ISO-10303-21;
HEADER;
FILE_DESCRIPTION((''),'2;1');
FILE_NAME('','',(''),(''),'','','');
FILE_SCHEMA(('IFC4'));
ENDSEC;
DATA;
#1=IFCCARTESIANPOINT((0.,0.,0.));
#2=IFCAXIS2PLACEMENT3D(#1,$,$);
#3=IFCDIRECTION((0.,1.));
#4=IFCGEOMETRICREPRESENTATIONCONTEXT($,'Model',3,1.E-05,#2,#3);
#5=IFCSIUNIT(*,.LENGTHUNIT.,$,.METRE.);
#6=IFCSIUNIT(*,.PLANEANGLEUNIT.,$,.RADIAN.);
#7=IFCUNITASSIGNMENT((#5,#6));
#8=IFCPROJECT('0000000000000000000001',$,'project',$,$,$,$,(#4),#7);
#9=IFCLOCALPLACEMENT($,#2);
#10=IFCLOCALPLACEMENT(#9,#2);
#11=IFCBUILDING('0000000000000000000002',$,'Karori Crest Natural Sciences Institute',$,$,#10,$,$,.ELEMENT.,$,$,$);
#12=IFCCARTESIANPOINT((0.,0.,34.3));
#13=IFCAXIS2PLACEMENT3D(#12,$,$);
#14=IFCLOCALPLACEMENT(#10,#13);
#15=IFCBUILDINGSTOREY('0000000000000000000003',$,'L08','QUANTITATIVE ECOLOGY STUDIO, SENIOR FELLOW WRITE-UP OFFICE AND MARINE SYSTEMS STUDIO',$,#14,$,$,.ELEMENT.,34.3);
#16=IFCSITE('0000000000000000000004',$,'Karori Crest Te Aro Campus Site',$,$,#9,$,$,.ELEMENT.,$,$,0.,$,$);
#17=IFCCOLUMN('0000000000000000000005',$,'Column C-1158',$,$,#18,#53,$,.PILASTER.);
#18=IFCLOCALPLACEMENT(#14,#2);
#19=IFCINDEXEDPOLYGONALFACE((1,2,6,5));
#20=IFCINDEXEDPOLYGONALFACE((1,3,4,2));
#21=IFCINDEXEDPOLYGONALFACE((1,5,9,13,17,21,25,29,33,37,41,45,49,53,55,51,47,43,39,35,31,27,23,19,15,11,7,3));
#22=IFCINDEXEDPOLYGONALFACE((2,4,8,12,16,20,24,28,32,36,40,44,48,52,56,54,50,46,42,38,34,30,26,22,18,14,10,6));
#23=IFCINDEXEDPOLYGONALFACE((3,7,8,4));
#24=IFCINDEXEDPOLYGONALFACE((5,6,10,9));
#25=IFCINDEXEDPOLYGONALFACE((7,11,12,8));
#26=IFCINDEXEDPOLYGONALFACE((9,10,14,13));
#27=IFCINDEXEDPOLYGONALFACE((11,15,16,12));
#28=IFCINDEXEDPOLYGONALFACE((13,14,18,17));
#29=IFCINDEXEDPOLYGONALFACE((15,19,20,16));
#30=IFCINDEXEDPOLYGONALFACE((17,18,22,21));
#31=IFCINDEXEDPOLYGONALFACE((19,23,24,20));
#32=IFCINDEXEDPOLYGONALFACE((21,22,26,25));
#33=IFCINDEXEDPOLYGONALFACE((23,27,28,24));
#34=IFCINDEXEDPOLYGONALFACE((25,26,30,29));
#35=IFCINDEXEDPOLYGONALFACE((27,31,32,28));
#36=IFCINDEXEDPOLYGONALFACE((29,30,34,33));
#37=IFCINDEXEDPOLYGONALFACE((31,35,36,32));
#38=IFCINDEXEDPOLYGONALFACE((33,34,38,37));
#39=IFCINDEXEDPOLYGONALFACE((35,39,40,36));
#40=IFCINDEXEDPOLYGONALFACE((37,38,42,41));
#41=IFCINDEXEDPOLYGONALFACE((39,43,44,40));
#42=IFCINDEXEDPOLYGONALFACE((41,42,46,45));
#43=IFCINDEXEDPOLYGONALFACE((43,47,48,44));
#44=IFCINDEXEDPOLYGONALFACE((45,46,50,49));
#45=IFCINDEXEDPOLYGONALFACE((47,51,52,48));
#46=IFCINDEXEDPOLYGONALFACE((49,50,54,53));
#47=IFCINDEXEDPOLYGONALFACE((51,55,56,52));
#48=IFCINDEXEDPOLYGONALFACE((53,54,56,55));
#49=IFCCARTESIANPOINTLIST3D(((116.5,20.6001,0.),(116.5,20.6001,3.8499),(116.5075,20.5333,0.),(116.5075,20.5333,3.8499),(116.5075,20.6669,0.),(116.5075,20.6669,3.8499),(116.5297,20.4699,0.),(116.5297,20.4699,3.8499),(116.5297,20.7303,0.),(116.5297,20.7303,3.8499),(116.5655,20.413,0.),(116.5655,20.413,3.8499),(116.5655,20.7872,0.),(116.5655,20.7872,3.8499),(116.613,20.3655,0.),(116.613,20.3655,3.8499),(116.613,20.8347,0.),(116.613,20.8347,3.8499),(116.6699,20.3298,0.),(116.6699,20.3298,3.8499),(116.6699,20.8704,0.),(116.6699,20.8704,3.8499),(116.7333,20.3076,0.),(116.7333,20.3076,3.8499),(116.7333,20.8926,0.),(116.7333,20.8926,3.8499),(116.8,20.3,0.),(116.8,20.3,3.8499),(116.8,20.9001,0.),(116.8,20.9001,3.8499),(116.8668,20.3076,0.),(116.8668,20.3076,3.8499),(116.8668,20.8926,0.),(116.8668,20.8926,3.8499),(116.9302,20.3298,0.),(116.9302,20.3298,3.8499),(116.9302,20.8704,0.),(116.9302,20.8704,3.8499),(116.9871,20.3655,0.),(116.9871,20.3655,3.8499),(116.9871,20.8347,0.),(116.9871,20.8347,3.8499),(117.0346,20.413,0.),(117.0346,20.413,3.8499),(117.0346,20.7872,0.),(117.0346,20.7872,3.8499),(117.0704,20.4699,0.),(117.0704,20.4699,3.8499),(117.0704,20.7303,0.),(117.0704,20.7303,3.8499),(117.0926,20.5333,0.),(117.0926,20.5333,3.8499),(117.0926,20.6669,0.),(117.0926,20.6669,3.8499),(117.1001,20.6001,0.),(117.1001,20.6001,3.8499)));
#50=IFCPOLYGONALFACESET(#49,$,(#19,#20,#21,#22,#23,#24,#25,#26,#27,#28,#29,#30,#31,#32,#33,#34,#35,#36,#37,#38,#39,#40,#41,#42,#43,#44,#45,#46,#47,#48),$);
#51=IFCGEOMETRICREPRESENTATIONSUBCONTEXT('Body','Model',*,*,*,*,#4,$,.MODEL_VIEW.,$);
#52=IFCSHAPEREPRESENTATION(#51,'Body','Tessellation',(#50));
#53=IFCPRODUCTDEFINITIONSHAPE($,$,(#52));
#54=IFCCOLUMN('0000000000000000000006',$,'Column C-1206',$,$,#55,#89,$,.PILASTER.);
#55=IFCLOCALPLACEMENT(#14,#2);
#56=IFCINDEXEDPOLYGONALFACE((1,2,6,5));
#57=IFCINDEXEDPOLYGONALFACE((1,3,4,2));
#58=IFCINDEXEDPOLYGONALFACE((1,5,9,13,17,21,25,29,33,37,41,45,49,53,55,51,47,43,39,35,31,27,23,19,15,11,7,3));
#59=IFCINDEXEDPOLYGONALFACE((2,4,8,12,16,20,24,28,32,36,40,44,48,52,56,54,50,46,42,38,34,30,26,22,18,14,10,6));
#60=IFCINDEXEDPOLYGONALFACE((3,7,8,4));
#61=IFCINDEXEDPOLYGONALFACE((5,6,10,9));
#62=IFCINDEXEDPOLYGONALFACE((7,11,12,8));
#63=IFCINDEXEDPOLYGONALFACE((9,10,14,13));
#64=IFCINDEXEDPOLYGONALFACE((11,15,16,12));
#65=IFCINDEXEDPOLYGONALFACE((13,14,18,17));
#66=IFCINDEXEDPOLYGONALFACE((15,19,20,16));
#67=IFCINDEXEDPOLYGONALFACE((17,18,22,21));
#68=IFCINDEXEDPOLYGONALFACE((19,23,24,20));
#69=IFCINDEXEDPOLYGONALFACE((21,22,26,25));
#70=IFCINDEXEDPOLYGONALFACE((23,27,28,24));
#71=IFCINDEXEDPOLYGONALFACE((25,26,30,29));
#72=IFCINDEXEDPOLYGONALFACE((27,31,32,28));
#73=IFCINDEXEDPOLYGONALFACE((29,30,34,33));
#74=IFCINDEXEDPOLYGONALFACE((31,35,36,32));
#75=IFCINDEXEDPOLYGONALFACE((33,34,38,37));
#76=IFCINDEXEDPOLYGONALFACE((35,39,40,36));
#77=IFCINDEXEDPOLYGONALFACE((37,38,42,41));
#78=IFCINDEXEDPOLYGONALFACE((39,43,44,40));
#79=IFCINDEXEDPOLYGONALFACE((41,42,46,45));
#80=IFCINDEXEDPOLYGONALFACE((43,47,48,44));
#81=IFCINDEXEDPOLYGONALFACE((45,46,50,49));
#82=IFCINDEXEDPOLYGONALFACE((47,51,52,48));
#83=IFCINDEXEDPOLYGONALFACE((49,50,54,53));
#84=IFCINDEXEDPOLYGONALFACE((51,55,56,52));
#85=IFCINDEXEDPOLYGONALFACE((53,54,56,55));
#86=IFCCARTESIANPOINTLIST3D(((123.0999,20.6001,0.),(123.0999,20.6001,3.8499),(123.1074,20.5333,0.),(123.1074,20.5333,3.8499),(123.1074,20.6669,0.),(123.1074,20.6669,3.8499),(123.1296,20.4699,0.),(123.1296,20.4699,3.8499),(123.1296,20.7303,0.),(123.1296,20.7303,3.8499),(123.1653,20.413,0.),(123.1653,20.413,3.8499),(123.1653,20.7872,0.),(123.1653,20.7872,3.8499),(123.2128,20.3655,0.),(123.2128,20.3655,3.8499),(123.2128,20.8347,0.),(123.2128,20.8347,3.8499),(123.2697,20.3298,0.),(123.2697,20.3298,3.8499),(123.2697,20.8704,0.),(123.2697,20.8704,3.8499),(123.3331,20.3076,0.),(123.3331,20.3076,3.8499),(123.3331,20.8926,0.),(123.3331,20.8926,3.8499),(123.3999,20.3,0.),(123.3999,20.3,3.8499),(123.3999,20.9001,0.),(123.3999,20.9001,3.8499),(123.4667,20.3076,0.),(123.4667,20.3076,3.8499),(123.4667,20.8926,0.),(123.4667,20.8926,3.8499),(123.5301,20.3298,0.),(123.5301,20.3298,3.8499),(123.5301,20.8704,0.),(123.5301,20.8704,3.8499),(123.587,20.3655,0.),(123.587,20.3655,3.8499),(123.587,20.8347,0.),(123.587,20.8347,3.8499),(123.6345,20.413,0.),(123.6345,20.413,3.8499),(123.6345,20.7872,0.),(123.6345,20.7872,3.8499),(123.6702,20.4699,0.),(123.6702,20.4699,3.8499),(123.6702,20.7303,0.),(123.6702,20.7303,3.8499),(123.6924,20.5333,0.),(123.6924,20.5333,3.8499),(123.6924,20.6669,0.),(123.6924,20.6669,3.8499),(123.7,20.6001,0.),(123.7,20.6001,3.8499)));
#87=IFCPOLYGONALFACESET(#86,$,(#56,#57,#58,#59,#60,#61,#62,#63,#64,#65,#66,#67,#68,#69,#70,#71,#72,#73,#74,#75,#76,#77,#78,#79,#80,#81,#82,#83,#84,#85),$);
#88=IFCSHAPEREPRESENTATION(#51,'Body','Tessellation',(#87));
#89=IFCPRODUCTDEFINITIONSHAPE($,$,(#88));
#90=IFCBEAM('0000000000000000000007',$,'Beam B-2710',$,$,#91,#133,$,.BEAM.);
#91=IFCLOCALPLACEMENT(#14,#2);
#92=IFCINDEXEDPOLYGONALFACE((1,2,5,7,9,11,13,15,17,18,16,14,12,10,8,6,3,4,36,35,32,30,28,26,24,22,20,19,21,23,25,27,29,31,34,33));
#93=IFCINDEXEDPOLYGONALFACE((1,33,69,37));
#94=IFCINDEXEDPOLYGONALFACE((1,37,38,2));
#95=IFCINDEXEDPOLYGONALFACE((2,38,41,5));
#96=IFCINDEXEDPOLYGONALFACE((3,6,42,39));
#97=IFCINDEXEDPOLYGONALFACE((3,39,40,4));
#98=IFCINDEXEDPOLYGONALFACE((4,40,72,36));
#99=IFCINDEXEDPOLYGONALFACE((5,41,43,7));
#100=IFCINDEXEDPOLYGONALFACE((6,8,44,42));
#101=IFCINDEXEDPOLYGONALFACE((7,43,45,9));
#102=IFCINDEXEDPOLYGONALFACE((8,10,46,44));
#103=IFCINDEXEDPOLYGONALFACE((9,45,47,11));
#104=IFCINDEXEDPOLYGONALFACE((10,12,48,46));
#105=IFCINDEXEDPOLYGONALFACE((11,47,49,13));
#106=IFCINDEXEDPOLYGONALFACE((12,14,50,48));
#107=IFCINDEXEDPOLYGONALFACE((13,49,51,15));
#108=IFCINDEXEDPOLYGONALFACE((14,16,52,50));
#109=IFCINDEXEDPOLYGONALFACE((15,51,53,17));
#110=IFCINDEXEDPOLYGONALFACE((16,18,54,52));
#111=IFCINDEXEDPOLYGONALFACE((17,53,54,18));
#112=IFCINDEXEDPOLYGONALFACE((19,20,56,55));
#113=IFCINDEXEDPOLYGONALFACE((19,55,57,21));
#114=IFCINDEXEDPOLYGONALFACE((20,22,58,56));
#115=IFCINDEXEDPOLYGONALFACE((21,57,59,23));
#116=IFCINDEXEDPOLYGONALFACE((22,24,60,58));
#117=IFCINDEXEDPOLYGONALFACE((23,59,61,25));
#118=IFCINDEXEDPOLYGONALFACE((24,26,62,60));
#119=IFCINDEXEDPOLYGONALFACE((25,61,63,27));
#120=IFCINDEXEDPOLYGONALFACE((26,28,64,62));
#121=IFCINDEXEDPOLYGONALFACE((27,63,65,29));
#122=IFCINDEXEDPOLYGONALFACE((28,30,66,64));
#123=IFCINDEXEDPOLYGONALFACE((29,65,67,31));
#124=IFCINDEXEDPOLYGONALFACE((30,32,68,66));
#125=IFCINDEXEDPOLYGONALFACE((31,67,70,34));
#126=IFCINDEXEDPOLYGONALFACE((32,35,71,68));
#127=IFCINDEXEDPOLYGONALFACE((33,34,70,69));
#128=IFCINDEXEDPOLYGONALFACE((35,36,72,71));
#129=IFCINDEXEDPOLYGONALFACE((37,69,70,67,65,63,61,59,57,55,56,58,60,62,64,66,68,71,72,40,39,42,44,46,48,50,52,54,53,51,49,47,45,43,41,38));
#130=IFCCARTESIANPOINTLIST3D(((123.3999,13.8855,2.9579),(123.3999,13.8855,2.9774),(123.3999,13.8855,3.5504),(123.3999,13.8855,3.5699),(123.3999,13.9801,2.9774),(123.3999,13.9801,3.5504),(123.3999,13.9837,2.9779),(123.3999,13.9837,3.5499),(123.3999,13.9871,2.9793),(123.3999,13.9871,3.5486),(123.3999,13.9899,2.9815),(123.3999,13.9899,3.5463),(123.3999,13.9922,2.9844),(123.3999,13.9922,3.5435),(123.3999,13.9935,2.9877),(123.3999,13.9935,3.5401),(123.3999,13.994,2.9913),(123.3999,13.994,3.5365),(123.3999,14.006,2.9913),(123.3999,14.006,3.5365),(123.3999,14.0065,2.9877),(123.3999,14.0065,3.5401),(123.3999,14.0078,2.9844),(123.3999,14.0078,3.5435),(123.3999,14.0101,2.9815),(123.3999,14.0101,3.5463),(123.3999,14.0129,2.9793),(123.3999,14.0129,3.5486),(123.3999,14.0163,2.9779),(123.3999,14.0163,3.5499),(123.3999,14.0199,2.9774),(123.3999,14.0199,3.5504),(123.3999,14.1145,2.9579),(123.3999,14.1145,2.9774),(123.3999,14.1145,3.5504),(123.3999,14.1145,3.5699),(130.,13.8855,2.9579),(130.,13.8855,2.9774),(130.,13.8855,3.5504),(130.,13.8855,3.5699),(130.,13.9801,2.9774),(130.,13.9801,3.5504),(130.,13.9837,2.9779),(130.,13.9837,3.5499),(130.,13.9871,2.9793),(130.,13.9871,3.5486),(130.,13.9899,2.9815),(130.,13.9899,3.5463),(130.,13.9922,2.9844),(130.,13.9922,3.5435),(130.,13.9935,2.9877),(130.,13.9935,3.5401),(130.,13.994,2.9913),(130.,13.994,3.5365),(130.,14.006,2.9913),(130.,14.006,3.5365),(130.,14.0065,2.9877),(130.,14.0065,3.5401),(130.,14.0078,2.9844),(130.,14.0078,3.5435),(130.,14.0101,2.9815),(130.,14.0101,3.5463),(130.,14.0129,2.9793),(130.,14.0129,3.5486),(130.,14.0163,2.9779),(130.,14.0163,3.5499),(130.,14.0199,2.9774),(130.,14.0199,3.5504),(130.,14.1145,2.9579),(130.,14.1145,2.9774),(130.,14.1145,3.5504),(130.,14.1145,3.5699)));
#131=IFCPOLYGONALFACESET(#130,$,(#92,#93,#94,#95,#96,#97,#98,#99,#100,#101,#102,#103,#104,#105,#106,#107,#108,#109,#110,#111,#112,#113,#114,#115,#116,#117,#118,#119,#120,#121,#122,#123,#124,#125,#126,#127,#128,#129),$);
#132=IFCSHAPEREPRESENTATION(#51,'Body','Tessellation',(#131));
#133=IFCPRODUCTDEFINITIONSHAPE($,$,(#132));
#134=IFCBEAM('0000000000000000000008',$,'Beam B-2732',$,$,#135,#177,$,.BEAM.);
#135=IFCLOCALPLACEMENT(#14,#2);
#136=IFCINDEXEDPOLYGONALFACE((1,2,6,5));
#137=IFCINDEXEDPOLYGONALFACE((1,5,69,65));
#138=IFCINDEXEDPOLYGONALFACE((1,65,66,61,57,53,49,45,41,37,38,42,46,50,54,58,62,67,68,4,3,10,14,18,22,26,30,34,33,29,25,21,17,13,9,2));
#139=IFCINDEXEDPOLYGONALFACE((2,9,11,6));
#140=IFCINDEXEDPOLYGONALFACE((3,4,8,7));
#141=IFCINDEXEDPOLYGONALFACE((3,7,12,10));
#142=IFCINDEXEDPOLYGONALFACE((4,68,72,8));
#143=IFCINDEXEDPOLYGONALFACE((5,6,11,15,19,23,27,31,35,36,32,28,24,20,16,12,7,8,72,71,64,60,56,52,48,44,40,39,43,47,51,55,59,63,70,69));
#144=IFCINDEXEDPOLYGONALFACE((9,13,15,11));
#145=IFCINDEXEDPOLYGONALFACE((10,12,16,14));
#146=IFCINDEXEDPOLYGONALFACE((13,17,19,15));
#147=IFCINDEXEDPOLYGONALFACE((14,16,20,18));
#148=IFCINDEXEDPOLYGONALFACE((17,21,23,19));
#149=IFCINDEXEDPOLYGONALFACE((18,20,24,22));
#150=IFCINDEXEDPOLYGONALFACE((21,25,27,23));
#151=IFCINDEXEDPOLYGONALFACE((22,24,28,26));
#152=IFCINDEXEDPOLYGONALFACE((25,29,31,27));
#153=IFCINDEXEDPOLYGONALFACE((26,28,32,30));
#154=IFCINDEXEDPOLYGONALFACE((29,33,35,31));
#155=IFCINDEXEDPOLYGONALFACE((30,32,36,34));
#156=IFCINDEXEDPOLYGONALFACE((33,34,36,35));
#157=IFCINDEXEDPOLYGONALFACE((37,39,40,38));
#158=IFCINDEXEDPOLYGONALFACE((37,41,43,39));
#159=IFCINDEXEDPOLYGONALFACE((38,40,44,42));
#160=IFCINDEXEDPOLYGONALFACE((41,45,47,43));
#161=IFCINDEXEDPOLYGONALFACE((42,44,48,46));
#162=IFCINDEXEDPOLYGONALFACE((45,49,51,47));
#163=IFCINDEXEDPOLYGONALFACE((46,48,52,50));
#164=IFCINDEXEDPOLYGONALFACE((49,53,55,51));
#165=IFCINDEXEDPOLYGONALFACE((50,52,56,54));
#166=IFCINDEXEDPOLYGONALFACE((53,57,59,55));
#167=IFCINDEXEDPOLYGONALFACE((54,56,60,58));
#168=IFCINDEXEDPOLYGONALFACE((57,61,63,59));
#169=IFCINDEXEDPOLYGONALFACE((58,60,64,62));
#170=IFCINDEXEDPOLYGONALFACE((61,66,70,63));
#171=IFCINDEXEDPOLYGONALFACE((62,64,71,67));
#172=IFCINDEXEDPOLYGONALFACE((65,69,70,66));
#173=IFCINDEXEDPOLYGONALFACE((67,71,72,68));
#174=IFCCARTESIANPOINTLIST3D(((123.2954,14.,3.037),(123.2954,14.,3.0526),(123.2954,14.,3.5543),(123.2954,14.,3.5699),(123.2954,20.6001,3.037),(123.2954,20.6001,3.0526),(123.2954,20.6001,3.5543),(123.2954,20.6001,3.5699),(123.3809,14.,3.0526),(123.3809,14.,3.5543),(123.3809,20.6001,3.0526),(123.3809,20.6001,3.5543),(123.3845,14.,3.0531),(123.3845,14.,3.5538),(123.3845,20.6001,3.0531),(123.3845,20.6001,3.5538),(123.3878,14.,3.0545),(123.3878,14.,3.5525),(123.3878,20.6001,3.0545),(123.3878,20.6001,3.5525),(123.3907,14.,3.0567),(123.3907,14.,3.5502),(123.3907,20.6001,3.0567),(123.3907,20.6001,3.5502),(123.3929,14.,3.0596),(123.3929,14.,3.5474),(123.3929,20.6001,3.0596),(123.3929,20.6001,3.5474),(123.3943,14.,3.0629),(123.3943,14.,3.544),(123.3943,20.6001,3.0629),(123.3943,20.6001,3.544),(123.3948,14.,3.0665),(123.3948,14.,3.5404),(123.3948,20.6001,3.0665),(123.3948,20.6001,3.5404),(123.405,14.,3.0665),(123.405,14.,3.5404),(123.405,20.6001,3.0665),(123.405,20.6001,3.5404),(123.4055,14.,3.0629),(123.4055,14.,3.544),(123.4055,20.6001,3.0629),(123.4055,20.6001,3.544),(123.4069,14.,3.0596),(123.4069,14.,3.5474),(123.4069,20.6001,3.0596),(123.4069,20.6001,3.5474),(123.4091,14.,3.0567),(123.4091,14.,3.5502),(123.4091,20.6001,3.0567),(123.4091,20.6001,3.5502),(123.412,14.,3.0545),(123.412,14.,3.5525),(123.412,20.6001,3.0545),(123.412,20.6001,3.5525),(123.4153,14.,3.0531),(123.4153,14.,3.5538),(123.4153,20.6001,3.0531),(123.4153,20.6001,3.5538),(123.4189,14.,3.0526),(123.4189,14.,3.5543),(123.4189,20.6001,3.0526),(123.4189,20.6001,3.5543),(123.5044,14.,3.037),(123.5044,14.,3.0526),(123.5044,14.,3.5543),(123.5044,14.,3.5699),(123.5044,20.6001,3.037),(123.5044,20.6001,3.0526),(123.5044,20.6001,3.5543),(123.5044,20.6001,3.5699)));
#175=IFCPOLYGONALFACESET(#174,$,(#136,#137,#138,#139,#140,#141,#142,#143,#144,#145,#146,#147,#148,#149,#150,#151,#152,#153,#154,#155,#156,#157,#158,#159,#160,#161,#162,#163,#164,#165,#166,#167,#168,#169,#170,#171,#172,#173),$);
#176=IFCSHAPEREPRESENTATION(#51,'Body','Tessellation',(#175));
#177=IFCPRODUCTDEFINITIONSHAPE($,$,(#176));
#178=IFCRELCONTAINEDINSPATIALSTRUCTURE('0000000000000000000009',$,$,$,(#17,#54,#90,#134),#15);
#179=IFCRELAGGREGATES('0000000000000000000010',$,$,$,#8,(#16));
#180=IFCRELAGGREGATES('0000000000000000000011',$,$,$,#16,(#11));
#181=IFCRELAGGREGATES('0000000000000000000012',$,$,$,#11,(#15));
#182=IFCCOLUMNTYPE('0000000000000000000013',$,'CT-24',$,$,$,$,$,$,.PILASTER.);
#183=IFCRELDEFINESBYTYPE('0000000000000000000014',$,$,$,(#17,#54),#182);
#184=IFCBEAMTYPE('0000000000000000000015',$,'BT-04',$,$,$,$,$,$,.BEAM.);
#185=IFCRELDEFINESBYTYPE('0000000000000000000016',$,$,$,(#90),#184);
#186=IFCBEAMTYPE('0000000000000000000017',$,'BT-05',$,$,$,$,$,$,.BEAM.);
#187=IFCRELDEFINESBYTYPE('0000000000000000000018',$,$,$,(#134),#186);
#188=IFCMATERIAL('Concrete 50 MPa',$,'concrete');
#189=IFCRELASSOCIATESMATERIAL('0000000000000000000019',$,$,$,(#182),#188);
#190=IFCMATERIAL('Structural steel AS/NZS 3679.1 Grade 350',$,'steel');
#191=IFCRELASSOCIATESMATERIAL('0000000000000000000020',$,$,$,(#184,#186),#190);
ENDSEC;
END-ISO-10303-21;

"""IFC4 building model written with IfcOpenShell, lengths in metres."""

from ifc_helpers import new_model, si_unit, direction, frame, origin, origin_2d, place, context, subcontext, project, spatial, circle, i_section, extrude, material, material_profile, profile_set, type_object, element, save


model = new_model("IFC4")

# Units and contexts
model_context = context("Model", 3, precision=1e-05, world=origin(), true_north=direction((0.0, 1.0)))
body_context = subcontext(model_context, "Body", "Model", "MODEL_VIEW")
ifc_project = project(units=[si_unit("LENGTHUNIT", "METRE"), si_unit("PLANEANGLEUNIT", "RADIAN")], contexts=[model_context])

# Site, building, storey
site_placement = place(None, origin())
site = spatial("IfcSite", under=ifc_project, at=site_placement, Name="Karori Crest Te Aro Campus Site", CompositionType="ELEMENT", RefElevation=0.0)
building_placement = place(site_placement, origin())
building = spatial("IfcBuilding", under=site, at=building_placement, Name="Karori Crest Natural Sciences Institute", CompositionType="ELEMENT")
storey_placement = place(building_placement, frame((0.0, 0.0, 34.3)))
storey = spatial("IfcBuildingStorey", under=building, at=storey_placement, Name="L08", Description="QUANTITATIVE ECOLOGY STUDIO, SENIOR FELLOW WRITE-UP OFFICE AND MARINE SYSTEMS STUDIO", CompositionType="ELEMENT", Elevation=34.3)

# Columns
ifc_material_1 = material(Name="Concrete 50 MPa", Category="concrete")
ifc_material_profile_1 = material_profile(ifc_material_1, circle(Radius=0.3, at=origin_2d()), Name="RCC600")
ifc_profile_set_1 = profile_set([ifc_material_profile_1], Name="Concrete 50 MPa")
column_type = type_object("IfcColumnType", Name="CT-24", PredefinedType="PILASTER", material=ifc_profile_set_1)
for number, where, z_axis, x_axis, name in (
    (1, (116.8, 20.6001, 0.0), (0.0, 0.0, 1.0), (1.0, 0.0, 0.0), "Column C-1158"),
    (2, (123.3999, 20.6001, 0.0), (0.0, 0.0, 1.0), (1.0, 0.0, 0.0), "Column C-1206"),
):
    element("IfcColumn", number, at=place(storey_placement, frame(where, z_axis=z_axis, x_axis=x_axis)), inside=storey, type_object=column_type, Name=name, PredefinedType="PILASTER", context=body_context, shape_type="SweptSolid", body=[
        extrude(circle(Radius=0.3, at=origin_2d()), origin(), (0.0, 0.0, 1.0), 3.8499),
    ])

# Beams
ifc_material_2 = material(Name="Structural steel AS/NZS 3679.1 Grade 350", Category="steel")
ifc_material_profile_2 = material_profile(ifc_material_2, i_section(OverallWidth=0.229, OverallDepth=0.6121, WebThickness=0.012, FlangeThickness=0.0195, FilletRadius=0.0139, at=origin_2d()), Name="610UB125")
ifc_profile_set_2 = profile_set([ifc_material_profile_2], Name="Structural steel AS/NZS 3679.1 Grade 350")
beam_type_1 = type_object("IfcBeamType", Name="BT-04", PredefinedType="BEAM", material=ifc_profile_set_2)
beam_1_placement = place(storey_placement, frame((123.3999, 14.0, 3.2639), z_axis=(1.0, 0.0, 0.0), x_axis=(0.0, 1.0, 0.0)))
element("IfcBeam", 3, at=beam_1_placement, inside=storey, type_object=beam_type_1, Name="Beam B-2710", PredefinedType="BEAM", context=body_context, shape_type="SweptSolid", body=[
    extrude(i_section(OverallWidth=0.229, OverallDepth=0.6121, WebThickness=0.012, FlangeThickness=0.0195, FilletRadius=0.0139, at=origin_2d()), origin(), (0.0, 0.0, 1.0), 6.6001),
])
ifc_material_profile_3 = material_profile(ifc_material_2, i_section(OverallWidth=0.209, OverallDepth=0.533, WebThickness=0.0103, FlangeThickness=0.0156, FilletRadius=0.0139, at=origin_2d()), Name="530UB92.4")
ifc_profile_set_3 = profile_set([ifc_material_profile_3], Name="Structural steel AS/NZS 3679.1 Grade 350")
beam_type_2 = type_object("IfcBeamType", Name="BT-05", PredefinedType="BEAM", material=ifc_profile_set_3)
beam_2_placement = place(storey_placement, frame((123.3999, 14.0, 3.3035), z_axis=(0.0, 1.0, 0.0), x_axis=(-1.0, 0.0, 0.0)))
element("IfcBeam", 4, at=beam_2_placement, inside=storey, type_object=beam_type_2, Name="Beam B-2732", PredefinedType="BEAM", context=body_context, shape_type="SweptSolid", body=[
    extrude(i_section(OverallWidth=0.209, OverallDepth=0.533, WebThickness=0.0103, FlangeThickness=0.0156, FilletRadius=0.0139, at=origin_2d()), origin(), (0.0, 0.0, 1.0), 6.6001),
])

save(model, "model.ifc")
